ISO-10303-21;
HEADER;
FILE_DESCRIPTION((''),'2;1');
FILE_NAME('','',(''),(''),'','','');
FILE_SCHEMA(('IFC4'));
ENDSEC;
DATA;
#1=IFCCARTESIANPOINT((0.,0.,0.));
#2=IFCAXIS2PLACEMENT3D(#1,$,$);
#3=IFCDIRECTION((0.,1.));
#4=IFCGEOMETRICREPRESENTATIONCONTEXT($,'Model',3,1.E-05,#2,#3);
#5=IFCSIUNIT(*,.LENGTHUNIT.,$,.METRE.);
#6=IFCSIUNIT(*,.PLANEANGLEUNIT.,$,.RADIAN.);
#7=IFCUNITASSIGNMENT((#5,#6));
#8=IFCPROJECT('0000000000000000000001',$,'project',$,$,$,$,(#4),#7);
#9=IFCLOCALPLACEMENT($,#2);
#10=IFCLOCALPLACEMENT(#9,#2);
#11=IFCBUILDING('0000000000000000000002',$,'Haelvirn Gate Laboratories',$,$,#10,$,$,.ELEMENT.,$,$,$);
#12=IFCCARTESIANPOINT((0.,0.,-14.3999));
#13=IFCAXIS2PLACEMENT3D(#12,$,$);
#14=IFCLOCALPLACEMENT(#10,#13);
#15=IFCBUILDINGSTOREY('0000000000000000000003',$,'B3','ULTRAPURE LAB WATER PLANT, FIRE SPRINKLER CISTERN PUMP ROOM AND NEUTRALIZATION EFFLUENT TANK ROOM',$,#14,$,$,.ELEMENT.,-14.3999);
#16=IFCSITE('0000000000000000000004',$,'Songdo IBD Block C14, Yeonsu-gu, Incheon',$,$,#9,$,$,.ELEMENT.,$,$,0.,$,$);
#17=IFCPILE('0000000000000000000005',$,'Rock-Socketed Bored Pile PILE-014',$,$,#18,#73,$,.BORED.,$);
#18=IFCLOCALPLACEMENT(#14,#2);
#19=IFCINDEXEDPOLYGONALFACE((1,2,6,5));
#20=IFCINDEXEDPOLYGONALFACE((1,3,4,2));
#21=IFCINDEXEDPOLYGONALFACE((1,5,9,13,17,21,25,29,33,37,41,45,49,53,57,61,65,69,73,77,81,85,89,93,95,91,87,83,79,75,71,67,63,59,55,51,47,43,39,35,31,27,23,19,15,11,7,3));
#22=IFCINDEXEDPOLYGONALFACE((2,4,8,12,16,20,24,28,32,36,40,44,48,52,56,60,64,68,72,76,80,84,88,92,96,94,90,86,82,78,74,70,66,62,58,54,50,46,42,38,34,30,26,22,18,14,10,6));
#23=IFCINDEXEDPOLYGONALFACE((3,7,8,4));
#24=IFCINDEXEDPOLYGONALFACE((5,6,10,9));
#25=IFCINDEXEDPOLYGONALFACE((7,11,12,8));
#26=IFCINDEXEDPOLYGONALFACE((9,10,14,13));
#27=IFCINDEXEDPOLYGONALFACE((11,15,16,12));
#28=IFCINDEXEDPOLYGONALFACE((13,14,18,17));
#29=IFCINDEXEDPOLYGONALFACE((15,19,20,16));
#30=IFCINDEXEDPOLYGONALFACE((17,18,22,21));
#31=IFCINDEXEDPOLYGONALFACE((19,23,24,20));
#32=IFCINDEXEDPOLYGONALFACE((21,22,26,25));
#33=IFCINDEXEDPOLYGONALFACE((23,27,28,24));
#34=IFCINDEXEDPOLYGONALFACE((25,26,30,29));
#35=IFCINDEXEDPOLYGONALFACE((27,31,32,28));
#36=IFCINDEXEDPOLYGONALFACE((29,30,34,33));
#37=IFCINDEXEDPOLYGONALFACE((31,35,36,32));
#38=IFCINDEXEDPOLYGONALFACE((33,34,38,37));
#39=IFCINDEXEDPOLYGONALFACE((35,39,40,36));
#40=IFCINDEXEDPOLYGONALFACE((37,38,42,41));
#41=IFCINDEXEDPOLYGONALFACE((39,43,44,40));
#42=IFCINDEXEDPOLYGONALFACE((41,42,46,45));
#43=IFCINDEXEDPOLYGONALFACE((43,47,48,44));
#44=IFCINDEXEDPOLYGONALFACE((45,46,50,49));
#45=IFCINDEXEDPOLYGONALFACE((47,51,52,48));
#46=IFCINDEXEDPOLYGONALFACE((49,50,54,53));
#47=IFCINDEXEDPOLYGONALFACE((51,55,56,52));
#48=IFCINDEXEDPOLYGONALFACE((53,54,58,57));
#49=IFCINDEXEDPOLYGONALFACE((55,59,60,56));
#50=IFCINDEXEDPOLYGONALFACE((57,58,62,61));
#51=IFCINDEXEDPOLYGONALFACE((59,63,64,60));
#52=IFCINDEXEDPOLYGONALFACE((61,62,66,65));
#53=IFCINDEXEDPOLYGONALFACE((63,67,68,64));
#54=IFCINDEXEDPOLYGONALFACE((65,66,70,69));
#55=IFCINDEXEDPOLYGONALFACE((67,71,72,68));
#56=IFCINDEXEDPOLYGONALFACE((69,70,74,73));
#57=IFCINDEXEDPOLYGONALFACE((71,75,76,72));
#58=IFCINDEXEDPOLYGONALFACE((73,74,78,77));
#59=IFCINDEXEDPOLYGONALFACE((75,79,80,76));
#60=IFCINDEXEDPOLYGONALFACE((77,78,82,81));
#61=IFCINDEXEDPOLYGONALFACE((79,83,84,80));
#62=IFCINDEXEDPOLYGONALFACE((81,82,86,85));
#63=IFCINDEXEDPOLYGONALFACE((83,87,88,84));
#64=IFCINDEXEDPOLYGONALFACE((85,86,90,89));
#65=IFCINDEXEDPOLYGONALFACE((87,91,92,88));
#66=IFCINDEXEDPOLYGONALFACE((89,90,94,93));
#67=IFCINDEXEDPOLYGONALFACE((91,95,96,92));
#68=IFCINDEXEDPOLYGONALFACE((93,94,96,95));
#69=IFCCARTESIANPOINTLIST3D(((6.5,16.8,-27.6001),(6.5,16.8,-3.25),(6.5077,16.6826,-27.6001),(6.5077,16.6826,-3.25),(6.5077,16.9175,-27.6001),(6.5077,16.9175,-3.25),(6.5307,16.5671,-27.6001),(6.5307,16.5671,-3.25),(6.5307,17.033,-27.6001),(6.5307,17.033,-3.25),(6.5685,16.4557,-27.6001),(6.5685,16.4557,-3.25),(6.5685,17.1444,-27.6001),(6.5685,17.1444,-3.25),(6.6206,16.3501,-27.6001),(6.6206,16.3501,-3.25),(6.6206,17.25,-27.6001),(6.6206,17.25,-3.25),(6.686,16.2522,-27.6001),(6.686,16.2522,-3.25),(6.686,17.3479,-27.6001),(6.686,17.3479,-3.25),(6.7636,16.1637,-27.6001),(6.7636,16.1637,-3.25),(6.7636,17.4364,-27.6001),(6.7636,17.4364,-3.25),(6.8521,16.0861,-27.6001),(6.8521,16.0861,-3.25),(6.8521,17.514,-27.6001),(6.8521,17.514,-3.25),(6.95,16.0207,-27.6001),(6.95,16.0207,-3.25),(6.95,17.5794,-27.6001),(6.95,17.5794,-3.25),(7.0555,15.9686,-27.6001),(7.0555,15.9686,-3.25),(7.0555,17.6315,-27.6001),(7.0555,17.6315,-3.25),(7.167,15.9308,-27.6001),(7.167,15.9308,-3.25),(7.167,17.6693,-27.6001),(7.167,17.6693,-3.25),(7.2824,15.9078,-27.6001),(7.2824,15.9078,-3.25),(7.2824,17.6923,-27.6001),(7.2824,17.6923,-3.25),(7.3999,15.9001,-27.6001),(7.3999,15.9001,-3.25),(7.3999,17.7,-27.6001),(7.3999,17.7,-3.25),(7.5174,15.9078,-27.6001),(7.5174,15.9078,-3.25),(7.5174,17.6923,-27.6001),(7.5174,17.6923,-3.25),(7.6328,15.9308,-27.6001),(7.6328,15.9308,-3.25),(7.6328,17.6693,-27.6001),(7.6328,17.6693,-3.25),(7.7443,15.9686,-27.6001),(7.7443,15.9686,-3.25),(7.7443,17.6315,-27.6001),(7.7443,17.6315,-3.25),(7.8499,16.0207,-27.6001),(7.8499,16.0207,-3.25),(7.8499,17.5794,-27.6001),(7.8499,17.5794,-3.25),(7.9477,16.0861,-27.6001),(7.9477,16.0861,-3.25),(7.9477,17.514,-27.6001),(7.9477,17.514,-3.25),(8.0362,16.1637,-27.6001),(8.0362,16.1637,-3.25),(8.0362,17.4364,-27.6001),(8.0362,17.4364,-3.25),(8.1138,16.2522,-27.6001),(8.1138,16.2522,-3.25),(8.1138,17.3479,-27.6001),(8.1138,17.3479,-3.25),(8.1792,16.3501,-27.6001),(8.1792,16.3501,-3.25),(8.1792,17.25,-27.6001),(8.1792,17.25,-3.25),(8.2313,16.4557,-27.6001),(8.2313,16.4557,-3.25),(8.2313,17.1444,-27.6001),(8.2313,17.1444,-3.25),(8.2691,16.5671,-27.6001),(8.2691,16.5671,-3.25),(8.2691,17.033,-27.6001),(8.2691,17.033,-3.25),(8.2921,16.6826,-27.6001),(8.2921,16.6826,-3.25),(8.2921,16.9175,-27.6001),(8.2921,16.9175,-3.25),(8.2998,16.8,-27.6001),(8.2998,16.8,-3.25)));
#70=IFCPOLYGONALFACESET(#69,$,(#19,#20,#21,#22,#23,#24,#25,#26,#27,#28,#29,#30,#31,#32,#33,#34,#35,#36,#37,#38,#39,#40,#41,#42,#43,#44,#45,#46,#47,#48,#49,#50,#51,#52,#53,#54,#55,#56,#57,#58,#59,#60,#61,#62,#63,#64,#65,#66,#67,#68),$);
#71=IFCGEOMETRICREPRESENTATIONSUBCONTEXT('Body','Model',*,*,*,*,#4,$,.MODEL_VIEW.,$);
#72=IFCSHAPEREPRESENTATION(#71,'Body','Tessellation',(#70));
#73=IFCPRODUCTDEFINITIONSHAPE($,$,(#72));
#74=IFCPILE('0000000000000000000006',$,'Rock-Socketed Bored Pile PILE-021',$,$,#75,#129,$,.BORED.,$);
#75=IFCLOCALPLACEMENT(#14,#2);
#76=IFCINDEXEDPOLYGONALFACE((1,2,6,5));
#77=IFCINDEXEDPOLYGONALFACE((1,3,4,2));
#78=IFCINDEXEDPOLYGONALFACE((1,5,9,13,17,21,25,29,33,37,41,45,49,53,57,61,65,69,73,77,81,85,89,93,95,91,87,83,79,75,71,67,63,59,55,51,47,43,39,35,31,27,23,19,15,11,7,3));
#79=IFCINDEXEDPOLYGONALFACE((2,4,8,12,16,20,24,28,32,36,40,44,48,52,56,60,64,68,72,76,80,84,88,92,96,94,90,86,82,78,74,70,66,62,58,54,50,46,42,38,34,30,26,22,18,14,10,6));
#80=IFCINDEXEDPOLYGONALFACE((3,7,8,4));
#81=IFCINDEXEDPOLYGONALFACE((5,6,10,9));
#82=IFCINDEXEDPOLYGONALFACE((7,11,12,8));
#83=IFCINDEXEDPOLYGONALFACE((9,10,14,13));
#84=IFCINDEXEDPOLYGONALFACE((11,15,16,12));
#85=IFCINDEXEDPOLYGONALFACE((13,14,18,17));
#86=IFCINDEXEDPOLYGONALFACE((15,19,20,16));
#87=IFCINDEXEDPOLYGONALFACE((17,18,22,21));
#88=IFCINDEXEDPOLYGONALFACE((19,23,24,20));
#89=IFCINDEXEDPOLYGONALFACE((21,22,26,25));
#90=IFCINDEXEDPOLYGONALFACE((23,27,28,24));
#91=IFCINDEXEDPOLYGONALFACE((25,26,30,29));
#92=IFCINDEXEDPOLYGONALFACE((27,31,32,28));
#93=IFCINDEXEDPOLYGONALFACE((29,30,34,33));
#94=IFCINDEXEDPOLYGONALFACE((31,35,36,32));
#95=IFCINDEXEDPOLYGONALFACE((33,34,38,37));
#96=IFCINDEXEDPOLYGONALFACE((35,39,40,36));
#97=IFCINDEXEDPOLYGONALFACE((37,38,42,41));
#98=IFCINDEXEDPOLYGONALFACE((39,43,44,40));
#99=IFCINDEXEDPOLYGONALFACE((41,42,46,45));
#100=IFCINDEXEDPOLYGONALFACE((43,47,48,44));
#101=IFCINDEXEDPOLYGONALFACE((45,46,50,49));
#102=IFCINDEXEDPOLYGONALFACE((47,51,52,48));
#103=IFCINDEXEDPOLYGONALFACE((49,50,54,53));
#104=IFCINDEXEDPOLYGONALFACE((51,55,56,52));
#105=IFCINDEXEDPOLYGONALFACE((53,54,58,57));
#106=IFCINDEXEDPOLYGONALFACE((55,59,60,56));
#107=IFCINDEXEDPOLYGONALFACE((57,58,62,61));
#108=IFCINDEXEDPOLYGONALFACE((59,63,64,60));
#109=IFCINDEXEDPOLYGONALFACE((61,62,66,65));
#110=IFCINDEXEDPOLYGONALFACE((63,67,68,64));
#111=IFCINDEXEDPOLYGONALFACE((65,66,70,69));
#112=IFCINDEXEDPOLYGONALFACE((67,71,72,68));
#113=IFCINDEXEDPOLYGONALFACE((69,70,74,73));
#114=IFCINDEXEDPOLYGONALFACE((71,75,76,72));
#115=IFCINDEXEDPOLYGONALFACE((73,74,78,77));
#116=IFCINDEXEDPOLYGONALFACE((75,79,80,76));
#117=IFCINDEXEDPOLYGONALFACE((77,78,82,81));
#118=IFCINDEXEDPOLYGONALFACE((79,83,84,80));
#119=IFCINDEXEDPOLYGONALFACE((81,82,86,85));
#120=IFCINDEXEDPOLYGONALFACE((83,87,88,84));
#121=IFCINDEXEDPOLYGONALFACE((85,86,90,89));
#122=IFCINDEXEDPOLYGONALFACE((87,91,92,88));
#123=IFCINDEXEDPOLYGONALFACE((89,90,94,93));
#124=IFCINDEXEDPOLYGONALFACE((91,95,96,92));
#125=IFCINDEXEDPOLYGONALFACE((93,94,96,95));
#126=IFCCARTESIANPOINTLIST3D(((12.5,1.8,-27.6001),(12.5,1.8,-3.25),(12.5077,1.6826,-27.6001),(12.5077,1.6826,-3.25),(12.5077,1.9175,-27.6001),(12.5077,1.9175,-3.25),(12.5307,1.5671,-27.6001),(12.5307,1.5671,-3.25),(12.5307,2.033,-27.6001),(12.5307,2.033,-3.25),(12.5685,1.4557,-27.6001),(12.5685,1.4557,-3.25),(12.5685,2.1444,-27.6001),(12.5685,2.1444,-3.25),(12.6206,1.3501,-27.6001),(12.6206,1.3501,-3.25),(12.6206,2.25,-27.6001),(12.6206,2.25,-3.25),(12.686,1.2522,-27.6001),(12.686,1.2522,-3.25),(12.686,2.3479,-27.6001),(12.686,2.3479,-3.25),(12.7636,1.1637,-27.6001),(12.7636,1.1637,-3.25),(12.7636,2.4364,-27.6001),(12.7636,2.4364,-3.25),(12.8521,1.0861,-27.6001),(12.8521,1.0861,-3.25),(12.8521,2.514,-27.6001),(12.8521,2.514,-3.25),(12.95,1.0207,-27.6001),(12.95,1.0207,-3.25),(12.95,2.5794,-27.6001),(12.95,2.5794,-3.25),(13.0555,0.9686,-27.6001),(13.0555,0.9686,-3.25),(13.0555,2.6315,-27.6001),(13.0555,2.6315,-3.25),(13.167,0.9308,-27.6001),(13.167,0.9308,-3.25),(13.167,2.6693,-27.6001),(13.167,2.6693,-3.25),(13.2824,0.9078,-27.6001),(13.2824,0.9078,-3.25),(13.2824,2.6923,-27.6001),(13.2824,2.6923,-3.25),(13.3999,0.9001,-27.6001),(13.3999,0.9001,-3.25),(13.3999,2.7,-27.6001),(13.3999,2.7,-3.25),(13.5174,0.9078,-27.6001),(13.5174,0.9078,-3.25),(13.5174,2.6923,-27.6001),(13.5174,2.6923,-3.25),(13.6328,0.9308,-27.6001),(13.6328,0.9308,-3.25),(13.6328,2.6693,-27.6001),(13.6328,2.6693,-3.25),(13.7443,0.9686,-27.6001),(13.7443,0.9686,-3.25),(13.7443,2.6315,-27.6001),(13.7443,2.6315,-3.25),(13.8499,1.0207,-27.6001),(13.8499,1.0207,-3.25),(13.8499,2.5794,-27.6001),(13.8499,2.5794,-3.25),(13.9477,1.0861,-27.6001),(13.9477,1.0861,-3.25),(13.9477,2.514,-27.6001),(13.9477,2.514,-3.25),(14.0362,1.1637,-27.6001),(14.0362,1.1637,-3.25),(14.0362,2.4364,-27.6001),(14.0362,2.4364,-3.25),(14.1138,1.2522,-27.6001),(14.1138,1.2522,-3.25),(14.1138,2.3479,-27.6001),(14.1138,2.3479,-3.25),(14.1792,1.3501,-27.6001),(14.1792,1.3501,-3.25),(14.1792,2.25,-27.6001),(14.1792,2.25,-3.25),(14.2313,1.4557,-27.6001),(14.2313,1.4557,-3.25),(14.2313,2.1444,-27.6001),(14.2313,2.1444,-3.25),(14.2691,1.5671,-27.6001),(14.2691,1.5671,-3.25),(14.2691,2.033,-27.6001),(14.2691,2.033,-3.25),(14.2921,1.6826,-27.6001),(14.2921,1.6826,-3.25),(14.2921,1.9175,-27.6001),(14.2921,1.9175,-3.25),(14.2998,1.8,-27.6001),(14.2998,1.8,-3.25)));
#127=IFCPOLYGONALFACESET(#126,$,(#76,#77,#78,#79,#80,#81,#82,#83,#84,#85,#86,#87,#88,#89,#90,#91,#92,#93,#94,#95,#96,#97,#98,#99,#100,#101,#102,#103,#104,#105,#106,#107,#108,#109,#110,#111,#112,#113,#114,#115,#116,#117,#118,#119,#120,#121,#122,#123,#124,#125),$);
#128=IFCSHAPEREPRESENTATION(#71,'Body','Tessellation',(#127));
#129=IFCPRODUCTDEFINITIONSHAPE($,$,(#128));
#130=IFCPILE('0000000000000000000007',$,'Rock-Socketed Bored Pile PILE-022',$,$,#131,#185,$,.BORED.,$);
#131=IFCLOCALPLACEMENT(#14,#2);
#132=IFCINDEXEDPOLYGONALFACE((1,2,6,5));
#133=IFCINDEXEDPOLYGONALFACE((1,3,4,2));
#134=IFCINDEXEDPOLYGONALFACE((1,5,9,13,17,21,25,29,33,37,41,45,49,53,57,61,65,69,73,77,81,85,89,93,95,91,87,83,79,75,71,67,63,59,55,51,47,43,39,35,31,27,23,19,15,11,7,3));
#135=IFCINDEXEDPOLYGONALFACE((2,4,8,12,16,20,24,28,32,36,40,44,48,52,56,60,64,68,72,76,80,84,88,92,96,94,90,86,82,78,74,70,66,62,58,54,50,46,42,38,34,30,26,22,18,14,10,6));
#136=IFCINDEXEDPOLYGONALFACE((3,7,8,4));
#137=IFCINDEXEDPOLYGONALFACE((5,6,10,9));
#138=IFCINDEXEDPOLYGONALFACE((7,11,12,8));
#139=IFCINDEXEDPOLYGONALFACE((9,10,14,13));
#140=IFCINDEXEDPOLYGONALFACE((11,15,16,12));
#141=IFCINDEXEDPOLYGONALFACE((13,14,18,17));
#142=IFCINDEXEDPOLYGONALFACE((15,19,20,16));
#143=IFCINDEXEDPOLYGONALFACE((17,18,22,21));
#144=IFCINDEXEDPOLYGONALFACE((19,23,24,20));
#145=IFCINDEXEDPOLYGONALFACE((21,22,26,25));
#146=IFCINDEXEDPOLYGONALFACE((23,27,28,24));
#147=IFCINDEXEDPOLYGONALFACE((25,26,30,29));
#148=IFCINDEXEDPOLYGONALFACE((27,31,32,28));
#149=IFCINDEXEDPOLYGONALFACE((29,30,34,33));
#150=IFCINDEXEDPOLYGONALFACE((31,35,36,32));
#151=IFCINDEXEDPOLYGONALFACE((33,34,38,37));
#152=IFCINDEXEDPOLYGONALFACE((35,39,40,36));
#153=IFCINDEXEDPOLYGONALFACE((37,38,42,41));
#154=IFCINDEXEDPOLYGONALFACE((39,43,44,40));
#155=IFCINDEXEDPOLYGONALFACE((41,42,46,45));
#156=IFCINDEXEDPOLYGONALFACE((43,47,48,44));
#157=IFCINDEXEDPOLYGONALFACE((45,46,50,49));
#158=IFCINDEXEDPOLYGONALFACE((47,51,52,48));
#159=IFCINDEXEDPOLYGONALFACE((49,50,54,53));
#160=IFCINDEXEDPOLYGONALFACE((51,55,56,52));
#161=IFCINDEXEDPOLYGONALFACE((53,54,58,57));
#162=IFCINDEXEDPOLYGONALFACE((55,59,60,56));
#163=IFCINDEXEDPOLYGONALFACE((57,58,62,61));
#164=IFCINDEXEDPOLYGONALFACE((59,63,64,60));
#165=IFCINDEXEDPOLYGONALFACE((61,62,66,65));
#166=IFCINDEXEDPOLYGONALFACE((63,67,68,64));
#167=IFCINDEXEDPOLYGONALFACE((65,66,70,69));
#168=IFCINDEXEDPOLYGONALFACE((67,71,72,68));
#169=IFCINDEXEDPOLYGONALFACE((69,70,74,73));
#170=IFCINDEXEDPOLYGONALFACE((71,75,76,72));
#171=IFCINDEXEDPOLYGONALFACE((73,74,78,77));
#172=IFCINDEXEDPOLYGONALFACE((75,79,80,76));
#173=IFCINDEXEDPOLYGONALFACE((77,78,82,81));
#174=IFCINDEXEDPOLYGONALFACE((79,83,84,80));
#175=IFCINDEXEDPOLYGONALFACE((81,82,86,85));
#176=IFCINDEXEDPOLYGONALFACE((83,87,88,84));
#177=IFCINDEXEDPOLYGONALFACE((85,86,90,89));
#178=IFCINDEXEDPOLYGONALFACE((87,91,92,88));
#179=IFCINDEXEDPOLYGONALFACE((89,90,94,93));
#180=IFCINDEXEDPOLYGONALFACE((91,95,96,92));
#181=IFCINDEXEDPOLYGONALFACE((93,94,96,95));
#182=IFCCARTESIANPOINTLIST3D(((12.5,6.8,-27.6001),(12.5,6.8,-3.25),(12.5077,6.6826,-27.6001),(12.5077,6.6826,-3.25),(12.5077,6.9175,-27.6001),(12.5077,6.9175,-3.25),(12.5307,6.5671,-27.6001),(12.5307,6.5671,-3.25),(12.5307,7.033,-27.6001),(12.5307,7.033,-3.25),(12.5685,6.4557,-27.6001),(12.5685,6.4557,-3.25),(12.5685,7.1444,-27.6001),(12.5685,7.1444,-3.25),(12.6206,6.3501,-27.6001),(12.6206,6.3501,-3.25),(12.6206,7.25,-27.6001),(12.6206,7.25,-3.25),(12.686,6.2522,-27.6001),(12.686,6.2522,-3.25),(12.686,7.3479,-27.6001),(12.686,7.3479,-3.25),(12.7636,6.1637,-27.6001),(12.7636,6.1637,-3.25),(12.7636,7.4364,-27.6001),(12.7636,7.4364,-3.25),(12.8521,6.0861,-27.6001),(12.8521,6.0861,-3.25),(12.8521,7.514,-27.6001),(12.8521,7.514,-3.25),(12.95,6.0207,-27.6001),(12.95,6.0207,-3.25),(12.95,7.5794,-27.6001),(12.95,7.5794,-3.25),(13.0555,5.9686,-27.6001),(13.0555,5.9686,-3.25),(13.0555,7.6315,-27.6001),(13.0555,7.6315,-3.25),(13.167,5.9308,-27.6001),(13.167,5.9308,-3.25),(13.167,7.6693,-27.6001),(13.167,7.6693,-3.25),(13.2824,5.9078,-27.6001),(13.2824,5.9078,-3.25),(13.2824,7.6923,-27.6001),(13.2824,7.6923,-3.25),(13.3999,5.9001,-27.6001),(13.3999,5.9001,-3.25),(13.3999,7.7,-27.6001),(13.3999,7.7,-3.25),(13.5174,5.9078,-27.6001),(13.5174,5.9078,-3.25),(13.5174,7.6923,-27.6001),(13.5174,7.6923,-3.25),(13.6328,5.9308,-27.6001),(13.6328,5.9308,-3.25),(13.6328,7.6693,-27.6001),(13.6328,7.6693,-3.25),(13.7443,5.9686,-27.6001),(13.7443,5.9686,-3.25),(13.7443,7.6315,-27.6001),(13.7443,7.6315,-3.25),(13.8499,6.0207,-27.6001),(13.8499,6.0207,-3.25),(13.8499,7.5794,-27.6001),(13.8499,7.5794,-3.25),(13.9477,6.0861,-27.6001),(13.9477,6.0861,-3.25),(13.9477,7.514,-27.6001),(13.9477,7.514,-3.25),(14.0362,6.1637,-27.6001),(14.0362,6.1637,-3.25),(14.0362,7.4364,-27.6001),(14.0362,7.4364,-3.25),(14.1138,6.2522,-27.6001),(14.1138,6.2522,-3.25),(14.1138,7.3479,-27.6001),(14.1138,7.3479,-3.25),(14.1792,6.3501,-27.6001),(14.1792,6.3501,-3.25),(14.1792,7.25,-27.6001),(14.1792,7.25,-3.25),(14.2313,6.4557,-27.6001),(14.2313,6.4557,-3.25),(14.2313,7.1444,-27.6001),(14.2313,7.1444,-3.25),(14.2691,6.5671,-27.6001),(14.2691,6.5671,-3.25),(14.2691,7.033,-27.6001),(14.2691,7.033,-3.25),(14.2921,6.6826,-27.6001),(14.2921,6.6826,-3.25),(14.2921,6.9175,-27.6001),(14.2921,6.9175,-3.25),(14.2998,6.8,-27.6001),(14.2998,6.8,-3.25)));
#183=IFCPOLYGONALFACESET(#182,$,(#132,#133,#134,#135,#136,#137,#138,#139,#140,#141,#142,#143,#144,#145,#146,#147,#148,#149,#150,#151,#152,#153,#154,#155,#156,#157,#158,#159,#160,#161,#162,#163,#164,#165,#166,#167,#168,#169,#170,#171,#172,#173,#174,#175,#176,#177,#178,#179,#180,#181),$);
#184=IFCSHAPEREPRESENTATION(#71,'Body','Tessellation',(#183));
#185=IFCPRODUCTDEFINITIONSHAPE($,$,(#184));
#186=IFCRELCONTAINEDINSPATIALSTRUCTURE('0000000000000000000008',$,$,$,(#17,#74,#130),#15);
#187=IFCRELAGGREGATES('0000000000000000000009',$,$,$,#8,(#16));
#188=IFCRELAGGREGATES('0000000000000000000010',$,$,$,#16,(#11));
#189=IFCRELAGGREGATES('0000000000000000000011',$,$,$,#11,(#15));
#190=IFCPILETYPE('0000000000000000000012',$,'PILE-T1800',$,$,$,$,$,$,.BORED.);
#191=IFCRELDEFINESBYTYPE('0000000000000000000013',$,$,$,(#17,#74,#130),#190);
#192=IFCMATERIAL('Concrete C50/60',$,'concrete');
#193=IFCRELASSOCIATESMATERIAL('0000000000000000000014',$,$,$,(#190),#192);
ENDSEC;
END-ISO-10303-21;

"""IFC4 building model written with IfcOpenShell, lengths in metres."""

from ifc_helpers import new_model, si_unit, direction, frame, origin, origin_2d, place, context, subcontext, project, spatial, circle, extrude, source, transform, mapped, material, material_profile, profile_set, type_object, type_shapes, element, save


model = new_model("IFC4")

# Units and contexts
model_context = context("Model", 3, precision=1e-05, world=origin(), true_north=direction((0.0, 1.0)))
body_context = subcontext(model_context, "Body", "Model", "MODEL_VIEW")
ifc_project = project(units=[si_unit("LENGTHUNIT", "METRE"), si_unit("PLANEANGLEUNIT", "RADIAN")], contexts=[model_context])

# Site, building, storey
site_placement = place(None, origin())
site = spatial("IfcSite", under=ifc_project, at=site_placement, Name="Songdo IBD Block C14, Yeonsu-gu, Incheon", CompositionType="ELEMENT", RefElevation=0.0)
building_placement = place(site_placement, origin())
building = spatial("IfcBuilding", under=site, at=building_placement, Name="Haelvirn Gate Laboratories", CompositionType="ELEMENT")
storey_placement = place(building_placement, frame((0.0, 0.0, -14.3999)))
storey = spatial("IfcBuildingStorey", under=building, at=storey_placement, Name="B3", Description="ULTRAPURE LAB WATER PLANT, FIRE SPRINKLER CISTERN PUMP ROOM AND NEUTRALIZATION EFFLUENT TANK ROOM", CompositionType="ELEMENT", Elevation=-14.3999)

# Piles
ifc_material_1 = material(Name="Concrete C50/60", Category="concrete")
ifc_material_profile_1 = material_profile(ifc_material_1, circle(Radius=0.8999, at=origin_2d()), Name="PILE-D1800")
ifc_profile_set_1 = profile_set([ifc_material_profile_1], Name="Concrete C50/60")
pile_type_1 = type_object("IfcPileType", Name="PILE-T1800", PredefinedType="BORED", material=ifc_profile_set_1)
shared_shape_1 = source(origin(), body_context, "Body", "SweptSolid", [
    extrude(circle(Radius=0.8999, at=origin_2d()), origin(), (0.0, 0.0, 1.0), 24.3501),
])
type_shapes(pile_type_1, [shared_shape_1])
for number, where, z_axis, x_axis, name in (
    (1, (7.3999, 16.8, -3.25), (0.0, 0.0, -1.0), (1.0, 0.0, 0.0), "Rock-Socketed Bored Pile PILE-014"),
    (2, (13.3999, 1.8, -3.25), (0.0, 0.0, -1.0), (1.0, 0.0, 0.0), "Rock-Socketed Bored Pile PILE-021"),
    (3, (13.3999, 6.8, -3.25), (0.0, 0.0, -1.0), (1.0, 0.0, 0.0), "Rock-Socketed Bored Pile PILE-022"),
):
    element("IfcPile", number, at=place(storey_placement, frame(where, z_axis=z_axis, x_axis=x_axis)), inside=storey, type_object=pile_type_1, Name=name, PredefinedType="BORED", context=body_context, shape_type="MappedRepresentation", body=[
        mapped(shared_shape_1, transform((0.0, 0.0, 0.0), scale=1.0)),
    ])

save(model, "model.ifc")
